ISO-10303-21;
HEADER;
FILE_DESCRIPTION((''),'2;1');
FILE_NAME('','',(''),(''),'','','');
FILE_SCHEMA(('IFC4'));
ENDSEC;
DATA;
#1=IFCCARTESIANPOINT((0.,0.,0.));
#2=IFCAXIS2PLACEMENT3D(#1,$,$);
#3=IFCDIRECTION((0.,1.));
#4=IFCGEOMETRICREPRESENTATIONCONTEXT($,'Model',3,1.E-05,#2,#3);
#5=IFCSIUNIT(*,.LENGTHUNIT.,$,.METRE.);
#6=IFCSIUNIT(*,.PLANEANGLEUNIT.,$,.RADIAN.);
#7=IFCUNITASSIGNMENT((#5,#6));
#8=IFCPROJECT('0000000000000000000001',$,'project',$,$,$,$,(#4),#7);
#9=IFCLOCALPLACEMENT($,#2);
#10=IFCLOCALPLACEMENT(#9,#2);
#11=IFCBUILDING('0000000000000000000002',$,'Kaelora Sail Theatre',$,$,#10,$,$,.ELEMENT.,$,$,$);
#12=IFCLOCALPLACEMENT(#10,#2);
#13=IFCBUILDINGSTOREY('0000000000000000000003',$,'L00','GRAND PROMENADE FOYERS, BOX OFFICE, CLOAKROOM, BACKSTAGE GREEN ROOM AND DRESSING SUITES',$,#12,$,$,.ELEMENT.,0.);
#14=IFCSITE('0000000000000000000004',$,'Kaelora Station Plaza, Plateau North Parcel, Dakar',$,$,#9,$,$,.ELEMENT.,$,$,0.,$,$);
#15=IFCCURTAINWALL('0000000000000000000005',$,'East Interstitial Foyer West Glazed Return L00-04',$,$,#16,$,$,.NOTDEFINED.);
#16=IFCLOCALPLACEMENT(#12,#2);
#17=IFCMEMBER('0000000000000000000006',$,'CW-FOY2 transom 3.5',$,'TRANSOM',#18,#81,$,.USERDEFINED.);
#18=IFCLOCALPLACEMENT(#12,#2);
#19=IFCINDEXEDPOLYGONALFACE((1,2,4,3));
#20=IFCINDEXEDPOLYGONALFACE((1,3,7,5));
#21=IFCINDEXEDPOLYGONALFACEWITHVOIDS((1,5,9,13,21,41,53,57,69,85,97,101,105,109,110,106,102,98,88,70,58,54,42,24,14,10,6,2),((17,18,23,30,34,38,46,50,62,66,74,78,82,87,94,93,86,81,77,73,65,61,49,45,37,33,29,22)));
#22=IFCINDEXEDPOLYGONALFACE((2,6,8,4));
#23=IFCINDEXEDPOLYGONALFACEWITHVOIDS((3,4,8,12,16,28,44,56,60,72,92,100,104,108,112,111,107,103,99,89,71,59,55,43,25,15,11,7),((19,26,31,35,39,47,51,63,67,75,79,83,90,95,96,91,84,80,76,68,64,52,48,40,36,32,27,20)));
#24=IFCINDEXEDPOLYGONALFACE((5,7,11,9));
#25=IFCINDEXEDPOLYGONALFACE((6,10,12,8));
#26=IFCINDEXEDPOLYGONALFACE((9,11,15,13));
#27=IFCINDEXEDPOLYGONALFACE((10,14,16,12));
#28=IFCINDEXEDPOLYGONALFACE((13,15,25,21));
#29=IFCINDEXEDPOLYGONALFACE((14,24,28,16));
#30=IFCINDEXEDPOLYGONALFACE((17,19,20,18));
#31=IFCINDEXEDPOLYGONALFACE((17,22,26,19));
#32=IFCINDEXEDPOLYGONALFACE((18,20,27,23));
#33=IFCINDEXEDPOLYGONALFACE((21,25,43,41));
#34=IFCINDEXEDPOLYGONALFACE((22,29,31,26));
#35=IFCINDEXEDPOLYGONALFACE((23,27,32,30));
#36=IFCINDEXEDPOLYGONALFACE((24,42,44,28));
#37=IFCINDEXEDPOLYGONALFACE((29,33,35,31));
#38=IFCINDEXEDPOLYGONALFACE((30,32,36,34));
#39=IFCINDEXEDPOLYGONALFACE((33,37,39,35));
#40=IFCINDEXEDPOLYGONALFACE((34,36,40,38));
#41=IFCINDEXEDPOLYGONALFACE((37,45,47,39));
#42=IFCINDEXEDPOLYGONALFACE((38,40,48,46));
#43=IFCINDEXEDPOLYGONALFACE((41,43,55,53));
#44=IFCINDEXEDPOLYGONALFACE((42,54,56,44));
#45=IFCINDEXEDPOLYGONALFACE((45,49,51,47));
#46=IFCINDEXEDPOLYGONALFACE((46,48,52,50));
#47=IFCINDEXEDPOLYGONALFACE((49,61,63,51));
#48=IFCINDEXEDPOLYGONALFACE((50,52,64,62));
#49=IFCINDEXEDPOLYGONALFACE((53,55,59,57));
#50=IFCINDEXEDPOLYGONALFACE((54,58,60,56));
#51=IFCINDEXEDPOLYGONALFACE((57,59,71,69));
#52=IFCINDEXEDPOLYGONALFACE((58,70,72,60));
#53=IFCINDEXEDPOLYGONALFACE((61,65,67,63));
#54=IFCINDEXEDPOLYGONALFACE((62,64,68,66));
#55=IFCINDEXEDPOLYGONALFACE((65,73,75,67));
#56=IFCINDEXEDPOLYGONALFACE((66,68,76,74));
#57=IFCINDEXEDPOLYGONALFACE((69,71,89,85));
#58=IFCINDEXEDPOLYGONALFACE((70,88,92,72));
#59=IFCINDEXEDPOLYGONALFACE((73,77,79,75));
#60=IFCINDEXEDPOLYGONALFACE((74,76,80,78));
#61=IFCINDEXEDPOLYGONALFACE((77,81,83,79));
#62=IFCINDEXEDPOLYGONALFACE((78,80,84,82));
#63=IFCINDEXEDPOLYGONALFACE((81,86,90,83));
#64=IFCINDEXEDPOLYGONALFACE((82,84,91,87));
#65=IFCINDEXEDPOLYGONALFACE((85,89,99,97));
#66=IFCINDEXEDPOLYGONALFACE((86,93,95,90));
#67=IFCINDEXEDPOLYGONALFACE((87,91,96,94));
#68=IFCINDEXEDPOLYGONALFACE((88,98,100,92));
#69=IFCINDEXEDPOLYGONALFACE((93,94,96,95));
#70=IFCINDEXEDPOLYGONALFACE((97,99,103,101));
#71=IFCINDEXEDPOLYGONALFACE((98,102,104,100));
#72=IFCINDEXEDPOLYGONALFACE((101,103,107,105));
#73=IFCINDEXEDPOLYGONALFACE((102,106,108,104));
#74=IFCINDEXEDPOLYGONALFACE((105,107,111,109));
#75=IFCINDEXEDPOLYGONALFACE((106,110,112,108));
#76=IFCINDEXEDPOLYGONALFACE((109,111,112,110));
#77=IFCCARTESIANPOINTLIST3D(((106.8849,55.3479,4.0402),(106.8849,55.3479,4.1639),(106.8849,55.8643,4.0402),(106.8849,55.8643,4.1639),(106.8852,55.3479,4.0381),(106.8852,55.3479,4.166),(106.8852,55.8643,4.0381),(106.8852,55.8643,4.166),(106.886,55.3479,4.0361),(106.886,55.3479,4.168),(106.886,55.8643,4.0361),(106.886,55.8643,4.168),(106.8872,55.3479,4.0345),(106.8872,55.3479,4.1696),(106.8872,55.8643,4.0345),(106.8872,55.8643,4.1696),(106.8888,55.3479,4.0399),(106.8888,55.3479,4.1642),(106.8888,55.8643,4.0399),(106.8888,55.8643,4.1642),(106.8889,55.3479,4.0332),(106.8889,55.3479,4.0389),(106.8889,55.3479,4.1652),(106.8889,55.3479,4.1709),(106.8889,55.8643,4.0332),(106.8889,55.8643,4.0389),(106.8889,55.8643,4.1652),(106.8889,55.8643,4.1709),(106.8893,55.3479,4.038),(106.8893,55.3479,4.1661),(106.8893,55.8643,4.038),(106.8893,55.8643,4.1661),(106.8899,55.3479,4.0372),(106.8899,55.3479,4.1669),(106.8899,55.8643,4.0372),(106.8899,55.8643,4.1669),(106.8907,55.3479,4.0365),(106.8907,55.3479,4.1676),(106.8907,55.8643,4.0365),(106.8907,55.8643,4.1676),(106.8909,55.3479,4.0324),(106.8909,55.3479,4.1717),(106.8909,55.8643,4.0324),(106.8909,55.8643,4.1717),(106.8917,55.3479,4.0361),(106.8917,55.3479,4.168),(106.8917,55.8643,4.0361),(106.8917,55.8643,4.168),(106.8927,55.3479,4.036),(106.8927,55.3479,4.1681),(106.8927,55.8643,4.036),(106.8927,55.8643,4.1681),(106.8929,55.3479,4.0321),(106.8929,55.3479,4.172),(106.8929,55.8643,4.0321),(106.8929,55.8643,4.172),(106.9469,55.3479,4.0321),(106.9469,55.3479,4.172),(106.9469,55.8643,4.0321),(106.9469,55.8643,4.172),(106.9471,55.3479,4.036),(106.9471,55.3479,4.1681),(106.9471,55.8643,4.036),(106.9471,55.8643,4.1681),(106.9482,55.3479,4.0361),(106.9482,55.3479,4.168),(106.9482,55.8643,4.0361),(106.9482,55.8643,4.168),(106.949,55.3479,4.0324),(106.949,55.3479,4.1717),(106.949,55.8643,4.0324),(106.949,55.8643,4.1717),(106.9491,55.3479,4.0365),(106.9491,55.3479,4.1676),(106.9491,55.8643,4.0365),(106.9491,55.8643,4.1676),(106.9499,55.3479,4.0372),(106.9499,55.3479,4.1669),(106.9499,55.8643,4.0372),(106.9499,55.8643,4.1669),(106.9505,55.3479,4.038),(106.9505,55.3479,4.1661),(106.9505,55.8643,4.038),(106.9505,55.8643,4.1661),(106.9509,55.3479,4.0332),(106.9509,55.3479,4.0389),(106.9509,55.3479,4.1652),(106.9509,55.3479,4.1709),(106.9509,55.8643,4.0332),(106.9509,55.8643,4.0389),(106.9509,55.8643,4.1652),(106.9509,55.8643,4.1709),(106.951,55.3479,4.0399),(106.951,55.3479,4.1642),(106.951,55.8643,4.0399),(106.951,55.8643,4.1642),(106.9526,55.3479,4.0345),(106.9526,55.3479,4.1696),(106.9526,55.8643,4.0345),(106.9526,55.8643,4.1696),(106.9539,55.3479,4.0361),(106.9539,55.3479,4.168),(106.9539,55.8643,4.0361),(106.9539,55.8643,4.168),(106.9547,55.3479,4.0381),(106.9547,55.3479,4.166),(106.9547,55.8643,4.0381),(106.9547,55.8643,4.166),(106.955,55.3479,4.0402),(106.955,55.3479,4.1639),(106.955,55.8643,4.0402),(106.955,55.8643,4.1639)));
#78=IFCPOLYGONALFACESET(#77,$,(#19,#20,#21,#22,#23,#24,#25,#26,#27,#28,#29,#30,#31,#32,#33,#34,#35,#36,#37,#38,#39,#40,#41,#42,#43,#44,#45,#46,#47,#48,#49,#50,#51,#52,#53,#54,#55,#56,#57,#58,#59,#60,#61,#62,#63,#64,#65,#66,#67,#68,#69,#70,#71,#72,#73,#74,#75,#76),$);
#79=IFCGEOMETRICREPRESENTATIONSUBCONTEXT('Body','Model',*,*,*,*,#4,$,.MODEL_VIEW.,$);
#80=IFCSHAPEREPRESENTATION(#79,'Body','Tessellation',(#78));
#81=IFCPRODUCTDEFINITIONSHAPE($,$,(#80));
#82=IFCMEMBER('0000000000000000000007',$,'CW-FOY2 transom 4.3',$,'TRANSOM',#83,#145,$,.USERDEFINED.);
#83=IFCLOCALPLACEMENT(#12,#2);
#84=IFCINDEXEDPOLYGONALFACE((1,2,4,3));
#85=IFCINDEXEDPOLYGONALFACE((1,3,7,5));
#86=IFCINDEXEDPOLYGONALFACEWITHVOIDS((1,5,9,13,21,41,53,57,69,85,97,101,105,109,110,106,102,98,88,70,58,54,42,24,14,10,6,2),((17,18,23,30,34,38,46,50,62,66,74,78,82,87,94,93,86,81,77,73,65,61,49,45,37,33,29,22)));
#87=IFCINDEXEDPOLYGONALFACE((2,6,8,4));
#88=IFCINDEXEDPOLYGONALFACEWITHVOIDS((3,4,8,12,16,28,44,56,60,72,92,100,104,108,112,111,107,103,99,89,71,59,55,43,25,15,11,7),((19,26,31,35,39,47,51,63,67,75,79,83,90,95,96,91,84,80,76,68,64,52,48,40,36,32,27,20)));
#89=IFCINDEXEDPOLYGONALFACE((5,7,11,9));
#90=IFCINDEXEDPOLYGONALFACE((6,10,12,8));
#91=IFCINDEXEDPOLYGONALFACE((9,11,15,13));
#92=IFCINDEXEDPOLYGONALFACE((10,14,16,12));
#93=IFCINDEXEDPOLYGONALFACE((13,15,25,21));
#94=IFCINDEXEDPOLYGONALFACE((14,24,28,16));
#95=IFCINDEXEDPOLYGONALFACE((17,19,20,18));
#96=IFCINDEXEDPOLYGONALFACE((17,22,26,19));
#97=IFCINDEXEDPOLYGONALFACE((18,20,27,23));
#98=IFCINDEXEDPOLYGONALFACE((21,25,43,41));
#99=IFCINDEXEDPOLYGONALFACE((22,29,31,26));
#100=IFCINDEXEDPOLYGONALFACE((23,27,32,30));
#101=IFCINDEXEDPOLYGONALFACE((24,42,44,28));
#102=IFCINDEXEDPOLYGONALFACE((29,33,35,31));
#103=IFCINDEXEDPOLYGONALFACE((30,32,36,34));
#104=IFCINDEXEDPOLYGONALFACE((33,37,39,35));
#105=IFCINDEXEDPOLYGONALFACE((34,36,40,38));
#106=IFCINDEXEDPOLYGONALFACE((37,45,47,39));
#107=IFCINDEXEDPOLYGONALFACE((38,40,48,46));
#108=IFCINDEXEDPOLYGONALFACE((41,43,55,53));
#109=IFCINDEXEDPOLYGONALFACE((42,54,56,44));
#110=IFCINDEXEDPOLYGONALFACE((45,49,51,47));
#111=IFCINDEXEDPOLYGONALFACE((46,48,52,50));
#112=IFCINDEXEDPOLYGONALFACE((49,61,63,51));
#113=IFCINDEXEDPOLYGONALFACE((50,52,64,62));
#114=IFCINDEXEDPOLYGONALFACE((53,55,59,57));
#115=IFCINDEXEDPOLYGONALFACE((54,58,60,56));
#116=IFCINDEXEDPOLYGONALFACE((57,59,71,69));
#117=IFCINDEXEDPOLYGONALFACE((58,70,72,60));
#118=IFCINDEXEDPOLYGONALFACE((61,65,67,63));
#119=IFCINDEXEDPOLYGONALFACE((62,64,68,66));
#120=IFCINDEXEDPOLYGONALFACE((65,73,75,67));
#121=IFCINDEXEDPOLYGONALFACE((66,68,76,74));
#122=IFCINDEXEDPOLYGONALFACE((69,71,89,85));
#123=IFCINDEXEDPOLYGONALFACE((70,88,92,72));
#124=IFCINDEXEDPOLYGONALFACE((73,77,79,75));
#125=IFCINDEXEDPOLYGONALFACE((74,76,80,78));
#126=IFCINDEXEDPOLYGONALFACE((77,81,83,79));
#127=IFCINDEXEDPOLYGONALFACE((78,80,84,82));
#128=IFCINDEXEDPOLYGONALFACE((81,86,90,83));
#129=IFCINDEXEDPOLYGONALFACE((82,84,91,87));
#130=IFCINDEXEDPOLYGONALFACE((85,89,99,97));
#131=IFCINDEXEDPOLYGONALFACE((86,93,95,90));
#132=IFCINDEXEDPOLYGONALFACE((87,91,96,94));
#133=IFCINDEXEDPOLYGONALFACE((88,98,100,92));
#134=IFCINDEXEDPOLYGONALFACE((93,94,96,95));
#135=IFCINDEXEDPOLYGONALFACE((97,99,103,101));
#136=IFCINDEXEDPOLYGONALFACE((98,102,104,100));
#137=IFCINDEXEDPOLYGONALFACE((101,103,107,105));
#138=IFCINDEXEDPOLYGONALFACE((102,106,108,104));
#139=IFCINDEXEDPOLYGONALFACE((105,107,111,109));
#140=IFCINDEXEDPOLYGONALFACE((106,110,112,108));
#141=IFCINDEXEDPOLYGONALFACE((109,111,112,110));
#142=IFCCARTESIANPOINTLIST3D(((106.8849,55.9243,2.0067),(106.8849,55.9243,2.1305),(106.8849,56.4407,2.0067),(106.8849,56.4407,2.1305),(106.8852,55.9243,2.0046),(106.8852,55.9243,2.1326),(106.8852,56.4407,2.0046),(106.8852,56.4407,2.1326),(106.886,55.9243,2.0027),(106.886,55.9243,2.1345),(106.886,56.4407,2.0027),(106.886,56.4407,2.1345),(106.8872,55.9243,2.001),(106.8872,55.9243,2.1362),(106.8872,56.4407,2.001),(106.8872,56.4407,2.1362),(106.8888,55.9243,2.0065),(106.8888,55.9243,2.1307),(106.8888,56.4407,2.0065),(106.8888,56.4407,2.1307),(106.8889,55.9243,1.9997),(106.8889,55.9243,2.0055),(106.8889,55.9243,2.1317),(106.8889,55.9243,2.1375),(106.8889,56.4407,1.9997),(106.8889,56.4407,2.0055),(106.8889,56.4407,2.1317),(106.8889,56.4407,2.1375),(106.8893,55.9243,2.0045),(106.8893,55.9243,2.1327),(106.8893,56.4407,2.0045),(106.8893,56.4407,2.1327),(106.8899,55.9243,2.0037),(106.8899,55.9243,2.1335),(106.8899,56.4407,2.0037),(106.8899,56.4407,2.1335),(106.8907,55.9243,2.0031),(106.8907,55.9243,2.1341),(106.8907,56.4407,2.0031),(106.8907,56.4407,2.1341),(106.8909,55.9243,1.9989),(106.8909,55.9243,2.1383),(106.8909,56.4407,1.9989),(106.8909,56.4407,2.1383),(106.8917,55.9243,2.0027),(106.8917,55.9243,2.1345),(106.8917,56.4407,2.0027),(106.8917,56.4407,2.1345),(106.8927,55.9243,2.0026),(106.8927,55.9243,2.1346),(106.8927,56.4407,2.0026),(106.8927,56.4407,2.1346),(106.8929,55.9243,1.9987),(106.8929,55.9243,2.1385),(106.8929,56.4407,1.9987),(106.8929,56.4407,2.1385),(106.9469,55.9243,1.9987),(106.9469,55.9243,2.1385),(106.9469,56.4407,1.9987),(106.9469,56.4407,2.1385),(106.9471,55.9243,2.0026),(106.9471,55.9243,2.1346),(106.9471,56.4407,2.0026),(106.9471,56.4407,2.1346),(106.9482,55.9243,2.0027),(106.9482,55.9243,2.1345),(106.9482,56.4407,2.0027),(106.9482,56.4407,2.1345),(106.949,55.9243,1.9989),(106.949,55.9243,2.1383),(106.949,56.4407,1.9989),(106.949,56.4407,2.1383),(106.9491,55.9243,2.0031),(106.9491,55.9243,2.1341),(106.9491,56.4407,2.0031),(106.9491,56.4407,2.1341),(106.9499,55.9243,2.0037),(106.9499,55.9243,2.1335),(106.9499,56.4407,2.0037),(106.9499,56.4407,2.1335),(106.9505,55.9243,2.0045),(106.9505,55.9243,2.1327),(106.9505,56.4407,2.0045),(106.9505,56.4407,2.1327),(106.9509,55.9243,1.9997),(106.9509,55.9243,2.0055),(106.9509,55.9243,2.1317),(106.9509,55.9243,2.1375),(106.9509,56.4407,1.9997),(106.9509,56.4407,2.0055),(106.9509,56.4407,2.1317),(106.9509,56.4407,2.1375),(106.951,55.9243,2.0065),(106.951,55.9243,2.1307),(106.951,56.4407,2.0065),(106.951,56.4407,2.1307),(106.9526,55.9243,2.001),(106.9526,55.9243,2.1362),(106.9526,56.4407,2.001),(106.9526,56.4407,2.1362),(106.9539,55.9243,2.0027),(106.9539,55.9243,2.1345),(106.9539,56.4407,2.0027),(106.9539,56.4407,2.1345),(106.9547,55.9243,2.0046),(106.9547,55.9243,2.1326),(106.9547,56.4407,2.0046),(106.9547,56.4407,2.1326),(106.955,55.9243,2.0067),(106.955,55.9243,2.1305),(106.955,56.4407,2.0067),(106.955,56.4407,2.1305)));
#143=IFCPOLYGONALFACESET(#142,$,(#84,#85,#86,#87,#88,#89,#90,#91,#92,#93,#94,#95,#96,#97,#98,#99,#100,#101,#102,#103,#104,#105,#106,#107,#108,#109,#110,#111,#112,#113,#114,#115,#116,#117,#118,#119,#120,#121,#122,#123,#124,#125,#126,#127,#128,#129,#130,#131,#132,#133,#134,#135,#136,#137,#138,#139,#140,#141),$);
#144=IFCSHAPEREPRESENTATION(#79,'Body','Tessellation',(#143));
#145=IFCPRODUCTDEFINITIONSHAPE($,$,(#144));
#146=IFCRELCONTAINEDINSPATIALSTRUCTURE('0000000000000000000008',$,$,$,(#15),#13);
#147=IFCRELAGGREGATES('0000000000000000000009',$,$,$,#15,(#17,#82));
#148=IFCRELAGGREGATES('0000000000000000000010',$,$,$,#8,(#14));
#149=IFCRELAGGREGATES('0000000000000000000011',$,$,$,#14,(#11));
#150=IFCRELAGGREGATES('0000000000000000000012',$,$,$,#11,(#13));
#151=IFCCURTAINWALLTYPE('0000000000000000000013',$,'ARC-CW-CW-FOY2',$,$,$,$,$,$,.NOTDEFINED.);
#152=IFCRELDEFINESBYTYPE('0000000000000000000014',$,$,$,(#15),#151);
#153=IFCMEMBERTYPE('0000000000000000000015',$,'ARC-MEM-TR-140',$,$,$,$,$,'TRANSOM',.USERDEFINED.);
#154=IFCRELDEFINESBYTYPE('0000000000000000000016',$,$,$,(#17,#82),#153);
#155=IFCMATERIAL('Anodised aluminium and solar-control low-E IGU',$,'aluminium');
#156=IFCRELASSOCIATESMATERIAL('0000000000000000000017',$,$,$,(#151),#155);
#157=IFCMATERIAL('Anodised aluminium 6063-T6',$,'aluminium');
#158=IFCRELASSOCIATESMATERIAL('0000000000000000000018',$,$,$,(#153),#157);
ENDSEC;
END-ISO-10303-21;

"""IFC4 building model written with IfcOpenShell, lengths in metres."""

from ifc_helpers import new_model, si_unit, direction, frame, origin, origin_2d, place, context, subcontext, project, spatial, hollow_rectangle, extrude, material, material_profile, profile_set, type_object, element, aggregate, save


model = new_model("IFC4")

# Units and contexts
model_context = context("Model", 3, precision=1e-05, world=origin(), true_north=direction((0.0, 1.0)))
body_context = subcontext(model_context, "Body", "Model", "MODEL_VIEW")
ifc_project = project(units=[si_unit("LENGTHUNIT", "METRE"), si_unit("PLANEANGLEUNIT", "RADIAN")], contexts=[model_context])

# Site, building, storey
site_placement = place(None, origin())
site = spatial("IfcSite", under=ifc_project, at=site_placement, Name="Kaelora Station Plaza, Plateau North Parcel, Dakar", CompositionType="ELEMENT", RefElevation=0.0)
building_placement = place(site_placement, origin())
building = spatial("IfcBuilding", under=site, at=building_placement, Name="Kaelora Sail Theatre", CompositionType="ELEMENT")
storey_placement = place(building_placement, origin())
storey = spatial("IfcBuildingStorey", under=building, at=storey_placement, Name="L00", Description="GRAND PROMENADE FOYERS, BOX OFFICE, CLOAKROOM, BACKSTAGE GREEN ROOM AND DRESSING SUITES", CompositionType="ELEMENT", Elevation=0.0)

# Curtain wall, members
ifc_material_1 = material(Name="Anodised aluminium and solar-control low-E IGU", Category="aluminium")
curtain_wall_type = type_object("IfcCurtainWallType", Name="ARC-CW-CW-FOY2", PredefinedType="NOTDEFINED", material=ifc_material_1)
curtain_wall_placement = place(storey_placement, origin())
curtain_wall = element("IfcCurtainWall", 1, at=curtain_wall_placement, inside=storey, type_object=curtain_wall_type, Name="East Interstitial Foyer West Glazed Return L00-04", PredefinedType="NOTDEFINED")
ifc_material_2 = material(Name="Anodised aluminium 6063-T6", Category="aluminium")
ifc_material_profile = material_profile(ifc_material_2, hollow_rectangle(XDim=0.0701, YDim=0.1399, WallThickness=0.0039, InnerFilletRadius=0.0039, OuterFilletRadius=0.0081, at=origin_2d()), Name="ALU-TRAN 70x140x4")
ifc_profile_set = profile_set([ifc_material_profile], Name="Anodised aluminium 6063-T6")
member_type = type_object("IfcMemberType", Name="ARC-MEM-TR-140", ElementType="TRANSOM", PredefinedType="USERDEFINED", material=ifc_profile_set)
member_1_placement = place(storey_placement, frame((106.9199, 55.3479, 4.1021), z_axis=(0.0, 1.0, 0.0), x_axis=(-1.0, 0.0, 0.0)))
member_1 = element("IfcMember", 2, at=member_1_placement, type_object=member_type, Name="CW-FOY2 transom 3.5", ObjectType="TRANSOM", PredefinedType="USERDEFINED", context=body_context, shape_type="SweptSolid", body=[
    extrude(hollow_rectangle(XDim=0.0701, YDim=0.1399, WallThickness=0.0039, InnerFilletRadius=0.0039, OuterFilletRadius=0.0081, at=origin_2d()), origin(), (0.0, 0.0, 1.0), 0.5164),
])
member_2_placement = place(storey_placement, frame((106.9199, 55.9243, 2.0686), z_axis=(0.0, 1.0, 0.0), x_axis=(-1.0, 0.0, 0.0)))
member_2 = element("IfcMember", 3, at=member_2_placement, type_object=member_type, Name="CW-FOY2 transom 4.3", ObjectType="TRANSOM", PredefinedType="USERDEFINED", context=body_context, shape_type="SweptSolid", body=[
    extrude(hollow_rectangle(XDim=0.0701, YDim=0.1399, WallThickness=0.0039, InnerFilletRadius=0.0039, OuterFilletRadius=0.0081, at=origin_2d()), origin(), (0.0, 0.0, 1.0), 0.5164),
])
aggregate(curtain_wall, [member_1, member_2])

save(model, "model.ifc")
